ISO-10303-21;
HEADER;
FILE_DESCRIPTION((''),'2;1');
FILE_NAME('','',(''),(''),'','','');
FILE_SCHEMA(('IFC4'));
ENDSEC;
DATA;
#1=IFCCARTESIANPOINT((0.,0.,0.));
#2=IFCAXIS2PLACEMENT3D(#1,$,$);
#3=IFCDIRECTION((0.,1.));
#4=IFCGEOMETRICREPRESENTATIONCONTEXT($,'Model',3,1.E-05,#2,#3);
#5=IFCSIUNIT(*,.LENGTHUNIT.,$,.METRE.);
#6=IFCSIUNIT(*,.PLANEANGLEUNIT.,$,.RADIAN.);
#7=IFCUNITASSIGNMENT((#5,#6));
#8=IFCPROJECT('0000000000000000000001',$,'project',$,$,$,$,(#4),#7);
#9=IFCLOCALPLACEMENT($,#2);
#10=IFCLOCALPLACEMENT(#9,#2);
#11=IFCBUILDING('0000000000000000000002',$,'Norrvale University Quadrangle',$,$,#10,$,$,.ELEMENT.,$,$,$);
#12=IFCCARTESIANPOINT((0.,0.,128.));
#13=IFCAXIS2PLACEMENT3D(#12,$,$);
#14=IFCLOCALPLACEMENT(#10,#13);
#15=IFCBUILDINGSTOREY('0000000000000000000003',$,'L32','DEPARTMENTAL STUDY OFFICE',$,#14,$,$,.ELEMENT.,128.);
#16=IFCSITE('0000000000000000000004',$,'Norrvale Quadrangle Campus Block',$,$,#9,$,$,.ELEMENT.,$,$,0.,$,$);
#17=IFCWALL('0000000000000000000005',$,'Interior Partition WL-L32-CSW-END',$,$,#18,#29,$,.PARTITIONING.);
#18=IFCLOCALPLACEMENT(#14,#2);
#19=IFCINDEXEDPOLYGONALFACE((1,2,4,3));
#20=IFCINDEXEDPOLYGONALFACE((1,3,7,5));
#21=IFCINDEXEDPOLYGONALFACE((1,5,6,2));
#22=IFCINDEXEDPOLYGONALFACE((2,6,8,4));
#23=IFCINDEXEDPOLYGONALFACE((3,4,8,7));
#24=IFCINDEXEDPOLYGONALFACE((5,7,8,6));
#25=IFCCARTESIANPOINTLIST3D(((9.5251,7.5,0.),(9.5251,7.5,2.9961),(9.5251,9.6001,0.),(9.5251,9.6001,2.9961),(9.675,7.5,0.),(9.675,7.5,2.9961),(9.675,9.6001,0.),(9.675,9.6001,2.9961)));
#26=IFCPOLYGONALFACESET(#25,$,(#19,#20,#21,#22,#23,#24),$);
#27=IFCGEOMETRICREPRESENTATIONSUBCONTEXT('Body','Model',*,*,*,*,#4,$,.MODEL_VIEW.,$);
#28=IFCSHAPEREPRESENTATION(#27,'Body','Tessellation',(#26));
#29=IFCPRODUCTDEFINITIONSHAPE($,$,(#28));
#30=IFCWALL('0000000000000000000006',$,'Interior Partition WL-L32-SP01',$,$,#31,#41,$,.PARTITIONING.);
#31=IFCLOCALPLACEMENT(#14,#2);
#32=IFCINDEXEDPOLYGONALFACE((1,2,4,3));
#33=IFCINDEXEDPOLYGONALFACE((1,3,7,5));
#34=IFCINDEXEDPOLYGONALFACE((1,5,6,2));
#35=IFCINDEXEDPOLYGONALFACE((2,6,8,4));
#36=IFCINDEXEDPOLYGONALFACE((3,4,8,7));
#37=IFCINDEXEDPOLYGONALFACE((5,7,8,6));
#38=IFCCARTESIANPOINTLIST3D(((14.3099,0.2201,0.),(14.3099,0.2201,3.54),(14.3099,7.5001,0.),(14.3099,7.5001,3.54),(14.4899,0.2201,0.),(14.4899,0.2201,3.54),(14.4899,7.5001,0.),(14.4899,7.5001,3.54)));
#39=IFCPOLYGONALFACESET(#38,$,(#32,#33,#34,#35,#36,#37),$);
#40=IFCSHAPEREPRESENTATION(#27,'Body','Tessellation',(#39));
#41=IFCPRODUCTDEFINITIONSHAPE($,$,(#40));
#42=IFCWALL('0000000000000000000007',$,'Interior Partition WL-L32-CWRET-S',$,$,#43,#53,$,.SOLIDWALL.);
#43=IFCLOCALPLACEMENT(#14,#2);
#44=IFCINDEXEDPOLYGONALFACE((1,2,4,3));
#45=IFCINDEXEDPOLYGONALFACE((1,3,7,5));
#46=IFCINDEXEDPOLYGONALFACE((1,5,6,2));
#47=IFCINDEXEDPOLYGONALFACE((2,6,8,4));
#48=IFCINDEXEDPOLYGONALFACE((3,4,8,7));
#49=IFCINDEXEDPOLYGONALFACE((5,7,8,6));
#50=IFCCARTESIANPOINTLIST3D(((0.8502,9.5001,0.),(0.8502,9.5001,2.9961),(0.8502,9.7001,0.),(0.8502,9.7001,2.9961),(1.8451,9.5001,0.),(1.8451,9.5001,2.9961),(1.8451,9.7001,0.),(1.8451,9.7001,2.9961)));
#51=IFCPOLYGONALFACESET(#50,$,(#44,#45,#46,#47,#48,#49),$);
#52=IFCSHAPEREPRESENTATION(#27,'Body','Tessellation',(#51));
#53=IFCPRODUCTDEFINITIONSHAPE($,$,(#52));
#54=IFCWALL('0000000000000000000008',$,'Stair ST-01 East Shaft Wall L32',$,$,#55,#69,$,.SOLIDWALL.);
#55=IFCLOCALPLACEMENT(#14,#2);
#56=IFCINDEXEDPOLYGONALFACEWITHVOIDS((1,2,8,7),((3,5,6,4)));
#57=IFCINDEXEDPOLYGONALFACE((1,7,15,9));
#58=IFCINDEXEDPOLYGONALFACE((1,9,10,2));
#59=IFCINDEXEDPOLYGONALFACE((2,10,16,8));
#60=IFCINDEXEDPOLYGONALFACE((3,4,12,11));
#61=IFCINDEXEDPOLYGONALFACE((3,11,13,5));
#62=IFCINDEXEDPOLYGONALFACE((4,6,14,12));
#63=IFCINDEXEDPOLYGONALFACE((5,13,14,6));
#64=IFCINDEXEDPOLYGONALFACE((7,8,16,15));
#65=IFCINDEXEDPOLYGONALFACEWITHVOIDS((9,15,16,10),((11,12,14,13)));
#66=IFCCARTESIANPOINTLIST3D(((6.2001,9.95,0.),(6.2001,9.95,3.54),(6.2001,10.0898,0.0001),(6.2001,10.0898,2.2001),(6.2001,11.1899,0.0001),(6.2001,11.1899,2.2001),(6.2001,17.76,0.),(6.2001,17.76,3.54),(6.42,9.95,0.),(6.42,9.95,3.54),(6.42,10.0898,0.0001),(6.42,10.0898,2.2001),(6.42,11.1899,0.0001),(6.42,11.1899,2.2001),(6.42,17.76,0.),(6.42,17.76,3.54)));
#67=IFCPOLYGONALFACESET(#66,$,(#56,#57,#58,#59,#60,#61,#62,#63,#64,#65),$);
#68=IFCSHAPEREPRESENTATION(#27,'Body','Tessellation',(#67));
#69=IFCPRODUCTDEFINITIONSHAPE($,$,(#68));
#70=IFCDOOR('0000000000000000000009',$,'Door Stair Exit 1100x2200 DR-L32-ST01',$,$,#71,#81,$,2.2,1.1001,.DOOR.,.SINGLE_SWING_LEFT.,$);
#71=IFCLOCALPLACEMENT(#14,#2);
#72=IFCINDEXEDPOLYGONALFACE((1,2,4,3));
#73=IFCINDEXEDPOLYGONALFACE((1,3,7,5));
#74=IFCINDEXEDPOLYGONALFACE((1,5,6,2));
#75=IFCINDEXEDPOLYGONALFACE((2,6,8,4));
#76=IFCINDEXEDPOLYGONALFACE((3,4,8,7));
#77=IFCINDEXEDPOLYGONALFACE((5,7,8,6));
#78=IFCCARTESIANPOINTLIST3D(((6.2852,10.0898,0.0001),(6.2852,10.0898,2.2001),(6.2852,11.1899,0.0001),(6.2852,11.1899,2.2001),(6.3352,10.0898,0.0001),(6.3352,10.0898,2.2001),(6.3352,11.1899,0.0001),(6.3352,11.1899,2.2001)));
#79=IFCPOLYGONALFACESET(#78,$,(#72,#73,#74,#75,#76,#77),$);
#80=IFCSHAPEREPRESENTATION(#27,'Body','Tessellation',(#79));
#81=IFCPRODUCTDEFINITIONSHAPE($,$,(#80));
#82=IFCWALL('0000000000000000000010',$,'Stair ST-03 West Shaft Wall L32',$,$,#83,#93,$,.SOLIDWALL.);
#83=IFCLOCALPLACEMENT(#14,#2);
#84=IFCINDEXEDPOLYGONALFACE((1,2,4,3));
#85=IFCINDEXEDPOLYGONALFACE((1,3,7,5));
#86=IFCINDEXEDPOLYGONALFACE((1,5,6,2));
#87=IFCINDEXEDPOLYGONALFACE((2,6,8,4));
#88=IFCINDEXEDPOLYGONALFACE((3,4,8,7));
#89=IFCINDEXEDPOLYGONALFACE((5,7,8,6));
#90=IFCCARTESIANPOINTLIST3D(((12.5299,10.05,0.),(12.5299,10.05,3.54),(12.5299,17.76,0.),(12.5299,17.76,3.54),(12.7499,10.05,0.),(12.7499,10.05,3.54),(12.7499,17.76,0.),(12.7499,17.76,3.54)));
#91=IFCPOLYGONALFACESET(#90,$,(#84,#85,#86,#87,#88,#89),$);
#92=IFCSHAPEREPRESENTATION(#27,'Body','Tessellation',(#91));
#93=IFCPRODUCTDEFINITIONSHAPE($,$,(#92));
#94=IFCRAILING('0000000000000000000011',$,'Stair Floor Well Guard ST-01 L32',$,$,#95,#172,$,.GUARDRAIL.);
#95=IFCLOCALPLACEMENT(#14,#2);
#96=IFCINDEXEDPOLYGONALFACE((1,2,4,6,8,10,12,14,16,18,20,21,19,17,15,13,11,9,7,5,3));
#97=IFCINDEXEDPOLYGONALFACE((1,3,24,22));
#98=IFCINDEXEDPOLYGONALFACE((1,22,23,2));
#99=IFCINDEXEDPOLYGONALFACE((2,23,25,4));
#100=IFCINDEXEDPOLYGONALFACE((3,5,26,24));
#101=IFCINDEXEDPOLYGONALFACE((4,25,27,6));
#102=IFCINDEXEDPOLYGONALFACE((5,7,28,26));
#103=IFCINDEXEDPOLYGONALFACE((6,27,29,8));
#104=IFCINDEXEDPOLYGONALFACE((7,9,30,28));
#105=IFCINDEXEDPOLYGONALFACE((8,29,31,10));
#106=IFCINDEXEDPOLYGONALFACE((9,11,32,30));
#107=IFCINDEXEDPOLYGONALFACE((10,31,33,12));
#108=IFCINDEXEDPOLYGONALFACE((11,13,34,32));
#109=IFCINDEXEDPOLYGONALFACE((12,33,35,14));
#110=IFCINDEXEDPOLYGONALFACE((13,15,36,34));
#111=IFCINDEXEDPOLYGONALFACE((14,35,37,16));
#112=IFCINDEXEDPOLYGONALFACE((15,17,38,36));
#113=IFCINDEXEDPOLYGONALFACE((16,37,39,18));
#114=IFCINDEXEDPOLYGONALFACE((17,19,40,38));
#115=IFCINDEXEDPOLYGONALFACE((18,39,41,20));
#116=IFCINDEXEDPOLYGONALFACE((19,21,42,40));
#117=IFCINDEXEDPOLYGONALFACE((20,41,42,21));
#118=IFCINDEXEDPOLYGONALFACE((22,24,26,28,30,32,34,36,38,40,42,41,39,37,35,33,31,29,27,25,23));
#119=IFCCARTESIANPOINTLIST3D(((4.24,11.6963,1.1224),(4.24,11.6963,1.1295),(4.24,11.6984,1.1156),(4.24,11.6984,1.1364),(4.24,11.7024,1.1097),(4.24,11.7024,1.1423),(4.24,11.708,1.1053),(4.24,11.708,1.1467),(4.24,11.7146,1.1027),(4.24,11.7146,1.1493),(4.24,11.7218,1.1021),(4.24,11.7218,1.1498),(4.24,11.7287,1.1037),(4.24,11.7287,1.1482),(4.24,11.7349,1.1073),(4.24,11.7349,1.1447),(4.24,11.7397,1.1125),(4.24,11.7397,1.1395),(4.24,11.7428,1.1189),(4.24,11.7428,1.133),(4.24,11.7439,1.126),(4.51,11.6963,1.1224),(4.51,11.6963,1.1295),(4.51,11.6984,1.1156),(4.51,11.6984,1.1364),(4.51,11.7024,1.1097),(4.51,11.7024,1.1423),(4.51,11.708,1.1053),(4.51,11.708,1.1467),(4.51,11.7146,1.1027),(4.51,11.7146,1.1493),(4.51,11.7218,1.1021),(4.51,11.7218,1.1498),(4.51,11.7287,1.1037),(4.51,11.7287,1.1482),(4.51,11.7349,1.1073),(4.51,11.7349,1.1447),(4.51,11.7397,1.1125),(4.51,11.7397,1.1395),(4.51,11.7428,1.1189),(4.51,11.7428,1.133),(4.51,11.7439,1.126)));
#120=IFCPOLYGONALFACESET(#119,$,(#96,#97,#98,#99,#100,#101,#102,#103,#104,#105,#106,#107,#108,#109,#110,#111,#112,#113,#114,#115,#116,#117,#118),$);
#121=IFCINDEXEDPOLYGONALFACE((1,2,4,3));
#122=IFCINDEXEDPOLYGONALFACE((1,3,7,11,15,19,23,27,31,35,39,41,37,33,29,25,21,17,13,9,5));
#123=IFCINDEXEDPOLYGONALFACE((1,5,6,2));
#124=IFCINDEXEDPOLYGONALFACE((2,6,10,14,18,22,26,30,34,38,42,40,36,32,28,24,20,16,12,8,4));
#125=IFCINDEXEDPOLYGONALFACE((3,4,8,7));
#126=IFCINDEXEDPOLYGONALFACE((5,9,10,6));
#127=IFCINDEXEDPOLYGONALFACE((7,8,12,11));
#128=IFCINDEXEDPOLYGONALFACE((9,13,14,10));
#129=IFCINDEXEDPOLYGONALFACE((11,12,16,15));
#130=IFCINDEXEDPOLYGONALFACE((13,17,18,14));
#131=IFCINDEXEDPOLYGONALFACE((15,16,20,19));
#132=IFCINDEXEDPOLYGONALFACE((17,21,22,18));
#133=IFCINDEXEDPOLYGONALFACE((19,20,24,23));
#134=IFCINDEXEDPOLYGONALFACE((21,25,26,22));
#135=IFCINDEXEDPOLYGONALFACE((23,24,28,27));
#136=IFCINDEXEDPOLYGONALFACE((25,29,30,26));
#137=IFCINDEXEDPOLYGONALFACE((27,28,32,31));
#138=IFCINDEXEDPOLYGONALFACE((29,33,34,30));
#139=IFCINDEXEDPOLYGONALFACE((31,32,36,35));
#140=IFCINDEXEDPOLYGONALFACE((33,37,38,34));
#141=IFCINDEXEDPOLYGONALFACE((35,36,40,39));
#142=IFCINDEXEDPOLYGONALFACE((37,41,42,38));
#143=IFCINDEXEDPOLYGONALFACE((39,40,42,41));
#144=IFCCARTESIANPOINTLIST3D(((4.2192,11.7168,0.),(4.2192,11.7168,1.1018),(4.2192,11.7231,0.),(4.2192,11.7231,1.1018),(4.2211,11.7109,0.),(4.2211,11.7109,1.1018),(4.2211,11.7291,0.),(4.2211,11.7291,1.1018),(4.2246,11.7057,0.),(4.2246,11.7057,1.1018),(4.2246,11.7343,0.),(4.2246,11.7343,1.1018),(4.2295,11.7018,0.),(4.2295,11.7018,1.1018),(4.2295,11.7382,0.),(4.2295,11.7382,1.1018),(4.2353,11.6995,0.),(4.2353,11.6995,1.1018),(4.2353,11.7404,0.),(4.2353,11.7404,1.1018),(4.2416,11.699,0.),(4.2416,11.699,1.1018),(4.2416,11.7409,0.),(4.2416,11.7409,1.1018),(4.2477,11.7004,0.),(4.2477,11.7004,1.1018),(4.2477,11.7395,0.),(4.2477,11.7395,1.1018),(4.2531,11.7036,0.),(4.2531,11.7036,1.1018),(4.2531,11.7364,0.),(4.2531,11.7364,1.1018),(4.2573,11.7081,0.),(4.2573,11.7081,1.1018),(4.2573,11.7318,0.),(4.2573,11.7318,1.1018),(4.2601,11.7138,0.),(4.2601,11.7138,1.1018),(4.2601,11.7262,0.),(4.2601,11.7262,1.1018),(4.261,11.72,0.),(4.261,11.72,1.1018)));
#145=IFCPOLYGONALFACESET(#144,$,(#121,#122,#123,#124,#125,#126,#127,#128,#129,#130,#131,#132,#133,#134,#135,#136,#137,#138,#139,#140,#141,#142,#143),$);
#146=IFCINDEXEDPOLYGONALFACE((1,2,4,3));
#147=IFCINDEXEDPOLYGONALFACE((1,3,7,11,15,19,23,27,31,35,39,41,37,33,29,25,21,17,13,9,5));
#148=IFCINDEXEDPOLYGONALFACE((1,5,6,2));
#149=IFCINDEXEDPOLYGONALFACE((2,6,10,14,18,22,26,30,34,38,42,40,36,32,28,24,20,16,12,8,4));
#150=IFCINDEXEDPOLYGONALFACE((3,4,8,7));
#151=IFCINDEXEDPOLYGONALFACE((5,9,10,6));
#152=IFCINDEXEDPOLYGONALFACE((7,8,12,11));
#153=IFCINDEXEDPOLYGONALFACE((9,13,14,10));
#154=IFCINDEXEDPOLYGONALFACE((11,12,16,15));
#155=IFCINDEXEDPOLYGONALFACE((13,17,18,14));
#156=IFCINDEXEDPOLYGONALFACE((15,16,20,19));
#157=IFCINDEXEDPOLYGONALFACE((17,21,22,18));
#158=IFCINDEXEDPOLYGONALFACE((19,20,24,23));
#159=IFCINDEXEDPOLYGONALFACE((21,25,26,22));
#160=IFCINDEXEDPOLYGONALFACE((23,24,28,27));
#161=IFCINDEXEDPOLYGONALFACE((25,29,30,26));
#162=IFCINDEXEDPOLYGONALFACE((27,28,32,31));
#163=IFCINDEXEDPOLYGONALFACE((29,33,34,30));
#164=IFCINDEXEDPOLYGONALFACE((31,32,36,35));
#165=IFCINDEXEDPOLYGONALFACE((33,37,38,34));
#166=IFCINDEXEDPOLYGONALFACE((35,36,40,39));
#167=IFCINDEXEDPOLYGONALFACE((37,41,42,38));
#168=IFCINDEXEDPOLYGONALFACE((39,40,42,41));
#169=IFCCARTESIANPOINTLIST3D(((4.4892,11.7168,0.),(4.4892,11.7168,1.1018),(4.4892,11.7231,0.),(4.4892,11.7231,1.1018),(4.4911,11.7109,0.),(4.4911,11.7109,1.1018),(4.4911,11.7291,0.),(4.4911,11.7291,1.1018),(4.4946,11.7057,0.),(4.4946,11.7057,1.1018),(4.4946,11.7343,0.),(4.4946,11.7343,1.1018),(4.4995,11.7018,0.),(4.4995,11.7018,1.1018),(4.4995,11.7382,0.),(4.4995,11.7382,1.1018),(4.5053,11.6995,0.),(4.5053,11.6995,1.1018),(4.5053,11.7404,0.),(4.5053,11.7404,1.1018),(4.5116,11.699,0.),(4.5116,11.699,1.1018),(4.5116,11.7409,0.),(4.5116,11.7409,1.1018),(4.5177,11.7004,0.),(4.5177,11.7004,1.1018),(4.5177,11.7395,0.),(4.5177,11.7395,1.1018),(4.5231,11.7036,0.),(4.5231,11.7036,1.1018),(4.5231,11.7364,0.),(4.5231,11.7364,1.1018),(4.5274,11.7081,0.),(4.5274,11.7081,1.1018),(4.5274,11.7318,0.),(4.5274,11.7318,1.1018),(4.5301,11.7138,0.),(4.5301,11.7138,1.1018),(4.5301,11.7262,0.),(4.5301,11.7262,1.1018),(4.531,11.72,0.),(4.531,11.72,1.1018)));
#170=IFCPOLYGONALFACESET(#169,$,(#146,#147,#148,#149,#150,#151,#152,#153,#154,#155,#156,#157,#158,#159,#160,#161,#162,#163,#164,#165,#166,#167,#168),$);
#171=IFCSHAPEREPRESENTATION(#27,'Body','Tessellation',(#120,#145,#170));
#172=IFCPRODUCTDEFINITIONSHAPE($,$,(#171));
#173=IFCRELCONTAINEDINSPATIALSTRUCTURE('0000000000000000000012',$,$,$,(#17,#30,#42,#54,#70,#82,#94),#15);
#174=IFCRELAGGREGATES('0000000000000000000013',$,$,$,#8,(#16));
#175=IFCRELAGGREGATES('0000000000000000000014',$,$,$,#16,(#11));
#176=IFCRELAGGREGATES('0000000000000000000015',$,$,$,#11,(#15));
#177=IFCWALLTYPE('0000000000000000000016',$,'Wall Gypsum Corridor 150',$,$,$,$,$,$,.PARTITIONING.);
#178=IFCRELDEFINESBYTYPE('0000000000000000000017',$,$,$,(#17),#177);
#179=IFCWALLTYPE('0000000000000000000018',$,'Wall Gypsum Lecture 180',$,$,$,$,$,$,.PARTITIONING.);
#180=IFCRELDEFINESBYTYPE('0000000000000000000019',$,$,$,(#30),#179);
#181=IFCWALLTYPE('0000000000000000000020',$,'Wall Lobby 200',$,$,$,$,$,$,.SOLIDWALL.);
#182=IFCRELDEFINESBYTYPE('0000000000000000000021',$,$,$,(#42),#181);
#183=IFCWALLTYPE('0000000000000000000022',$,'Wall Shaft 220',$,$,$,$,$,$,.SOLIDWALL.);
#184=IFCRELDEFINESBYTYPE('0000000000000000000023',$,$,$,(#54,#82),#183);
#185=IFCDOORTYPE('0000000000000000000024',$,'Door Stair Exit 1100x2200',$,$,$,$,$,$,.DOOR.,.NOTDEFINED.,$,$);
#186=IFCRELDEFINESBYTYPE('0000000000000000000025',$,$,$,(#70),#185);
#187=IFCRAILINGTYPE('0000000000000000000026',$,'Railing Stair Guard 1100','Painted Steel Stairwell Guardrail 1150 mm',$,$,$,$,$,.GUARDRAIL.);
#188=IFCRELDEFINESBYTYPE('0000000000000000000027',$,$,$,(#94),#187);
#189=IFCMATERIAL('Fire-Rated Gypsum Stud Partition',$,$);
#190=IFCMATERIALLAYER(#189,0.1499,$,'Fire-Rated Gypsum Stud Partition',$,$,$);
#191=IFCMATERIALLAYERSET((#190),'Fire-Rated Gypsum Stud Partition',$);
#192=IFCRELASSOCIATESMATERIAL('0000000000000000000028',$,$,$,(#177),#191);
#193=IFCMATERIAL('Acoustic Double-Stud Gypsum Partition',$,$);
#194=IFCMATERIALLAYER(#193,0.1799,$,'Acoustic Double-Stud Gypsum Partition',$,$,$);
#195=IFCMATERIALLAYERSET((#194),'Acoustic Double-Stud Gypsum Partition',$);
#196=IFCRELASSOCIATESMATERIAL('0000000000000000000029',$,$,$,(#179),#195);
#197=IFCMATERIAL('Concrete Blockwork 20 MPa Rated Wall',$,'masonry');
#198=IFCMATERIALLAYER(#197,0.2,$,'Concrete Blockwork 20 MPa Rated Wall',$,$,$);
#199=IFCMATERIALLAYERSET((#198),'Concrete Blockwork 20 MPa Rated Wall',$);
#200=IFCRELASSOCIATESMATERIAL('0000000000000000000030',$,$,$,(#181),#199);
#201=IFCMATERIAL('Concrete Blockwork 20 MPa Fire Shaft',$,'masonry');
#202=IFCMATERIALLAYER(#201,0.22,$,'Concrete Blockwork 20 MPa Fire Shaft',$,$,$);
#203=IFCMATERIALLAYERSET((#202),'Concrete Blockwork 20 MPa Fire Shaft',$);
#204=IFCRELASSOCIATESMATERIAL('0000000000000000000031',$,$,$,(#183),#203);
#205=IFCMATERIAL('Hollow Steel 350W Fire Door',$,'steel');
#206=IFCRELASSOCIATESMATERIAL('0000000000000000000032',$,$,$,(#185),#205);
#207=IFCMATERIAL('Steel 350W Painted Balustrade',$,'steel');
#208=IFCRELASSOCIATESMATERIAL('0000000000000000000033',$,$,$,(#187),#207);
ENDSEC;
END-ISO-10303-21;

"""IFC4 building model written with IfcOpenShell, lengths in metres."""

from ifc_helpers import new_model, si_unit, direction, frame, frame_2d, origin, origin_2d, place, context, subcontext, project, spatial, rectangle, circle, extrude, material, layer, layer_set, type_object, element, fill, save


model = new_model("IFC4")

# Units and contexts
model_context = context("Model", 3, precision=1e-05, world=origin(), true_north=direction((0.0, 1.0)))
body_context = subcontext(model_context, "Body", "Model", "MODEL_VIEW")
ifc_project = project(units=[si_unit("LENGTHUNIT", "METRE"), si_unit("PLANEANGLEUNIT", "RADIAN")], contexts=[model_context])

# Site, building, storey
site_placement = place(None, origin())
site = spatial("IfcSite", under=ifc_project, at=site_placement, Name="Norrvale Quadrangle Campus Block", CompositionType="ELEMENT", RefElevation=0.0)
building_placement = place(site_placement, origin())
building = spatial("IfcBuilding", under=site, at=building_placement, Name="Norrvale University Quadrangle", CompositionType="ELEMENT")
storey_placement = place(building_placement, frame((0.0, 0.0, 128.0)))
storey = spatial("IfcBuildingStorey", under=building, at=storey_placement, Name="L32", Description="DEPARTMENTAL STUDY OFFICE", CompositionType="ELEMENT", Elevation=128.0)

# Walls
ifc_material_1 = material(Name="Fire-Rated Gypsum Stud Partition")
ifc_layer_1 = layer(ifc_material_1, 0.1499, Name="Fire-Rated Gypsum Stud Partition")
ifc_layer_set_1 = layer_set([ifc_layer_1], Name="Fire-Rated Gypsum Stud Partition")
wall_type_1 = type_object("IfcWallType", Name="Wall Gypsum Corridor 150", PredefinedType="PARTITIONING", material=ifc_layer_set_1)
wall_1_placement = place(storey_placement, frame((9.6001, 7.5, 0.0), z_axis=(0.0, 0.0, 1.0), x_axis=(0.0, 1.0, 0.0)))
element("IfcWall", 1, at=wall_1_placement, inside=storey, type_object=wall_type_1, Name="Interior Partition WL-L32-CSW-END", PredefinedType="PARTITIONING", context=body_context, shape_type="SweptSolid", body=[
    extrude(rectangle(XDim=2.1001, YDim=0.1499, at=frame_2d((1.05, 0.0))), origin(), (0.0, 0.0, 1.0), 2.9961),
])
ifc_material_2 = material(Name="Acoustic Double-Stud Gypsum Partition")
ifc_layer_2 = layer(ifc_material_2, 0.1799, Name="Acoustic Double-Stud Gypsum Partition")
ifc_layer_set_2 = layer_set([ifc_layer_2], Name="Acoustic Double-Stud Gypsum Partition")
wall_type_2 = type_object("IfcWallType", Name="Wall Gypsum Lecture 180", PredefinedType="PARTITIONING", material=ifc_layer_set_2)
wall_2_placement = place(storey_placement, frame((14.3999, 0.22, 0.0), z_axis=(0.0, 0.0, 1.0), x_axis=(0.0, 1.0, 0.0)))
element("IfcWall", 2, at=wall_2_placement, inside=storey, type_object=wall_type_2, Name="Interior Partition WL-L32-SP01", PredefinedType="PARTITIONING", context=body_context, shape_type="SweptSolid", body=[
    extrude(rectangle(XDim=7.28, YDim=0.1799, at=frame_2d((3.6401, 0.0))), origin(), (0.0, 0.0, 1.0), 3.54),
])
ifc_material_3 = material(Name="Concrete Blockwork 20 MPa Rated Wall", Category="masonry")
ifc_layer_3 = layer(ifc_material_3, 0.2, Name="Concrete Blockwork 20 MPa Rated Wall")
ifc_layer_set_3 = layer_set([ifc_layer_3], Name="Concrete Blockwork 20 MPa Rated Wall")
wall_type_3 = type_object("IfcWallType", Name="Wall Lobby 200", PredefinedType="SOLIDWALL", material=ifc_layer_set_3)
wall_3_placement = place(storey_placement, frame((0.8501, 9.6001, 0.0), z_axis=(0.0, 0.0, 1.0), x_axis=(1.0, 0.0, 0.0)))
element("IfcWall", 3, at=wall_3_placement, inside=storey, type_object=wall_type_3, Name="Interior Partition WL-L32-CWRET-S", PredefinedType="SOLIDWALL", context=body_context, shape_type="SweptSolid", body=[
    extrude(rectangle(XDim=0.9949, YDim=0.2, at=frame_2d((0.4976, 0.0))), origin(), (0.0, 0.0, 1.0), 2.9961),
])

# Wall, opening, door
ifc_material_4 = material(Name="Concrete Blockwork 20 MPa Fire Shaft", Category="masonry")
ifc_layer_4 = layer(ifc_material_4, 0.22, Name="Concrete Blockwork 20 MPa Fire Shaft")
ifc_layer_set_4 = layer_set([ifc_layer_4], Name="Concrete Blockwork 20 MPa Fire Shaft")
wall_type_4 = type_object("IfcWallType", Name="Wall Shaft 220", PredefinedType="SOLIDWALL", material=ifc_layer_set_4)
wall_4_placement = place(storey_placement, frame((6.3101, 9.95, 0.0), z_axis=(0.0, 0.0, 1.0), x_axis=(0.0, 1.0, 0.0)))
wall_4 = element("IfcWall", 4, at=wall_4_placement, inside=storey, type_object=wall_type_4, Name="Stair ST-01 East Shaft Wall L32", PredefinedType="SOLIDWALL", context=body_context, shape_type="SweptSolid", body=[
    extrude(rectangle(XDim=7.8101, YDim=0.22, at=frame_2d((3.905, 0.0))), origin(), (0.0, 0.0, 1.0), 3.54),
])
opening_1_placement = place(wall_4_placement, frame((0.1399, 0.0, 0.0)))
opening_1 = element("IfcOpeningElement", 5, at=opening_1_placement, cuts=wall_4, PredefinedType="OPENING", context=body_context, shape_type="SweptSolid", body=[
    extrude(rectangle(XDim=1.1001, YDim=2.2, at=frame_2d((0.55, 1.1001))), frame((0.0, 0.1221, 0.0), z_axis=(0.0, -1.0, 0.0), x_axis=(1.0, 0.0, 0.0)), (0.0, 0.0, 1.0), 0.2439),
])
ifc_material_5 = material(Name="Hollow Steel 350W Fire Door", Category="steel")
door_type = type_object("IfcDoorType", Name="Door Stair Exit 1100x2200", OperationType="NOTDEFINED", PredefinedType="DOOR", material=ifc_material_5)
door_placement = place(opening_1_placement, origin())
door = element("IfcDoor", 6, at=door_placement, inside=storey, type_object=door_type, Name="Door Stair Exit 1100x2200 DR-L32-ST01", OperationType="SINGLE_SWING_LEFT", OverallHeight=2.2, OverallWidth=1.1001, PredefinedType="DOOR", context=body_context, shape_type="SweptSolid", body=[
    extrude(rectangle(XDim=1.1001, YDim=2.2, at=frame_2d((0.55, 1.1001))), frame((0.0, 0.0249, 0.0), z_axis=(0.0, -1.0, 0.0), x_axis=(1.0, 0.0, 0.0)), (0.0, 0.0, 1.0), 0.05),
])
fill(opening_1, door)

# Wall
wall_5_placement = place(storey_placement, frame((12.6399, 10.05, 0.0), z_axis=(0.0, 0.0, 1.0), x_axis=(0.0, 1.0, 0.0)))
element("IfcWall", 7, at=wall_5_placement, inside=storey, type_object=wall_type_4, Name="Stair ST-03 West Shaft Wall L32", PredefinedType="SOLIDWALL", context=body_context, shape_type="SweptSolid", body=[
    extrude(rectangle(XDim=7.71, YDim=0.22, at=frame_2d((3.855, 0.0))), origin(), (0.0, 0.0, 1.0), 3.54),
])

# Railing
ifc_material_6 = material(Name="Steel 350W Painted Balustrade", Category="steel")
railing_type_1 = type_object("IfcRailingType", Name="Railing Stair Guard 1100", Description="Painted Steel Stairwell Guardrail 1150 mm", PredefinedType="GUARDRAIL", material=ifc_material_6)
for number, where, name in (
    (8, (4.24, 11.72, 0.0), "Stair Floor Well Guard ST-01 L32"),
):
    element("IfcRailing", number, at=place(storey_placement, frame(where)), inside=storey, type_object=railing_type_1, Name=name, PredefinedType="GUARDRAIL", context=body_context, shape_type="SweptSolid", body=[
        extrude(circle(Radius=0.0239, at=origin_2d()), frame((0.0, 0.0, 1.126), z_axis=(1.0, 0.0, 0.0), x_axis=(0.0, 1.0, 0.0)), (0.0, 0.0, 1.0), 0.27),
        extrude(circle(Radius=0.021, at=origin_2d()), origin(), (0.0, 0.0, 1.0), 1.1018),
        extrude(circle(Radius=0.021, at=origin_2d()), frame((0.27, 0.0, 0.0)), (0.0, 0.0, 1.0), 1.1018),
    ])

save(model, "model.ifc")
